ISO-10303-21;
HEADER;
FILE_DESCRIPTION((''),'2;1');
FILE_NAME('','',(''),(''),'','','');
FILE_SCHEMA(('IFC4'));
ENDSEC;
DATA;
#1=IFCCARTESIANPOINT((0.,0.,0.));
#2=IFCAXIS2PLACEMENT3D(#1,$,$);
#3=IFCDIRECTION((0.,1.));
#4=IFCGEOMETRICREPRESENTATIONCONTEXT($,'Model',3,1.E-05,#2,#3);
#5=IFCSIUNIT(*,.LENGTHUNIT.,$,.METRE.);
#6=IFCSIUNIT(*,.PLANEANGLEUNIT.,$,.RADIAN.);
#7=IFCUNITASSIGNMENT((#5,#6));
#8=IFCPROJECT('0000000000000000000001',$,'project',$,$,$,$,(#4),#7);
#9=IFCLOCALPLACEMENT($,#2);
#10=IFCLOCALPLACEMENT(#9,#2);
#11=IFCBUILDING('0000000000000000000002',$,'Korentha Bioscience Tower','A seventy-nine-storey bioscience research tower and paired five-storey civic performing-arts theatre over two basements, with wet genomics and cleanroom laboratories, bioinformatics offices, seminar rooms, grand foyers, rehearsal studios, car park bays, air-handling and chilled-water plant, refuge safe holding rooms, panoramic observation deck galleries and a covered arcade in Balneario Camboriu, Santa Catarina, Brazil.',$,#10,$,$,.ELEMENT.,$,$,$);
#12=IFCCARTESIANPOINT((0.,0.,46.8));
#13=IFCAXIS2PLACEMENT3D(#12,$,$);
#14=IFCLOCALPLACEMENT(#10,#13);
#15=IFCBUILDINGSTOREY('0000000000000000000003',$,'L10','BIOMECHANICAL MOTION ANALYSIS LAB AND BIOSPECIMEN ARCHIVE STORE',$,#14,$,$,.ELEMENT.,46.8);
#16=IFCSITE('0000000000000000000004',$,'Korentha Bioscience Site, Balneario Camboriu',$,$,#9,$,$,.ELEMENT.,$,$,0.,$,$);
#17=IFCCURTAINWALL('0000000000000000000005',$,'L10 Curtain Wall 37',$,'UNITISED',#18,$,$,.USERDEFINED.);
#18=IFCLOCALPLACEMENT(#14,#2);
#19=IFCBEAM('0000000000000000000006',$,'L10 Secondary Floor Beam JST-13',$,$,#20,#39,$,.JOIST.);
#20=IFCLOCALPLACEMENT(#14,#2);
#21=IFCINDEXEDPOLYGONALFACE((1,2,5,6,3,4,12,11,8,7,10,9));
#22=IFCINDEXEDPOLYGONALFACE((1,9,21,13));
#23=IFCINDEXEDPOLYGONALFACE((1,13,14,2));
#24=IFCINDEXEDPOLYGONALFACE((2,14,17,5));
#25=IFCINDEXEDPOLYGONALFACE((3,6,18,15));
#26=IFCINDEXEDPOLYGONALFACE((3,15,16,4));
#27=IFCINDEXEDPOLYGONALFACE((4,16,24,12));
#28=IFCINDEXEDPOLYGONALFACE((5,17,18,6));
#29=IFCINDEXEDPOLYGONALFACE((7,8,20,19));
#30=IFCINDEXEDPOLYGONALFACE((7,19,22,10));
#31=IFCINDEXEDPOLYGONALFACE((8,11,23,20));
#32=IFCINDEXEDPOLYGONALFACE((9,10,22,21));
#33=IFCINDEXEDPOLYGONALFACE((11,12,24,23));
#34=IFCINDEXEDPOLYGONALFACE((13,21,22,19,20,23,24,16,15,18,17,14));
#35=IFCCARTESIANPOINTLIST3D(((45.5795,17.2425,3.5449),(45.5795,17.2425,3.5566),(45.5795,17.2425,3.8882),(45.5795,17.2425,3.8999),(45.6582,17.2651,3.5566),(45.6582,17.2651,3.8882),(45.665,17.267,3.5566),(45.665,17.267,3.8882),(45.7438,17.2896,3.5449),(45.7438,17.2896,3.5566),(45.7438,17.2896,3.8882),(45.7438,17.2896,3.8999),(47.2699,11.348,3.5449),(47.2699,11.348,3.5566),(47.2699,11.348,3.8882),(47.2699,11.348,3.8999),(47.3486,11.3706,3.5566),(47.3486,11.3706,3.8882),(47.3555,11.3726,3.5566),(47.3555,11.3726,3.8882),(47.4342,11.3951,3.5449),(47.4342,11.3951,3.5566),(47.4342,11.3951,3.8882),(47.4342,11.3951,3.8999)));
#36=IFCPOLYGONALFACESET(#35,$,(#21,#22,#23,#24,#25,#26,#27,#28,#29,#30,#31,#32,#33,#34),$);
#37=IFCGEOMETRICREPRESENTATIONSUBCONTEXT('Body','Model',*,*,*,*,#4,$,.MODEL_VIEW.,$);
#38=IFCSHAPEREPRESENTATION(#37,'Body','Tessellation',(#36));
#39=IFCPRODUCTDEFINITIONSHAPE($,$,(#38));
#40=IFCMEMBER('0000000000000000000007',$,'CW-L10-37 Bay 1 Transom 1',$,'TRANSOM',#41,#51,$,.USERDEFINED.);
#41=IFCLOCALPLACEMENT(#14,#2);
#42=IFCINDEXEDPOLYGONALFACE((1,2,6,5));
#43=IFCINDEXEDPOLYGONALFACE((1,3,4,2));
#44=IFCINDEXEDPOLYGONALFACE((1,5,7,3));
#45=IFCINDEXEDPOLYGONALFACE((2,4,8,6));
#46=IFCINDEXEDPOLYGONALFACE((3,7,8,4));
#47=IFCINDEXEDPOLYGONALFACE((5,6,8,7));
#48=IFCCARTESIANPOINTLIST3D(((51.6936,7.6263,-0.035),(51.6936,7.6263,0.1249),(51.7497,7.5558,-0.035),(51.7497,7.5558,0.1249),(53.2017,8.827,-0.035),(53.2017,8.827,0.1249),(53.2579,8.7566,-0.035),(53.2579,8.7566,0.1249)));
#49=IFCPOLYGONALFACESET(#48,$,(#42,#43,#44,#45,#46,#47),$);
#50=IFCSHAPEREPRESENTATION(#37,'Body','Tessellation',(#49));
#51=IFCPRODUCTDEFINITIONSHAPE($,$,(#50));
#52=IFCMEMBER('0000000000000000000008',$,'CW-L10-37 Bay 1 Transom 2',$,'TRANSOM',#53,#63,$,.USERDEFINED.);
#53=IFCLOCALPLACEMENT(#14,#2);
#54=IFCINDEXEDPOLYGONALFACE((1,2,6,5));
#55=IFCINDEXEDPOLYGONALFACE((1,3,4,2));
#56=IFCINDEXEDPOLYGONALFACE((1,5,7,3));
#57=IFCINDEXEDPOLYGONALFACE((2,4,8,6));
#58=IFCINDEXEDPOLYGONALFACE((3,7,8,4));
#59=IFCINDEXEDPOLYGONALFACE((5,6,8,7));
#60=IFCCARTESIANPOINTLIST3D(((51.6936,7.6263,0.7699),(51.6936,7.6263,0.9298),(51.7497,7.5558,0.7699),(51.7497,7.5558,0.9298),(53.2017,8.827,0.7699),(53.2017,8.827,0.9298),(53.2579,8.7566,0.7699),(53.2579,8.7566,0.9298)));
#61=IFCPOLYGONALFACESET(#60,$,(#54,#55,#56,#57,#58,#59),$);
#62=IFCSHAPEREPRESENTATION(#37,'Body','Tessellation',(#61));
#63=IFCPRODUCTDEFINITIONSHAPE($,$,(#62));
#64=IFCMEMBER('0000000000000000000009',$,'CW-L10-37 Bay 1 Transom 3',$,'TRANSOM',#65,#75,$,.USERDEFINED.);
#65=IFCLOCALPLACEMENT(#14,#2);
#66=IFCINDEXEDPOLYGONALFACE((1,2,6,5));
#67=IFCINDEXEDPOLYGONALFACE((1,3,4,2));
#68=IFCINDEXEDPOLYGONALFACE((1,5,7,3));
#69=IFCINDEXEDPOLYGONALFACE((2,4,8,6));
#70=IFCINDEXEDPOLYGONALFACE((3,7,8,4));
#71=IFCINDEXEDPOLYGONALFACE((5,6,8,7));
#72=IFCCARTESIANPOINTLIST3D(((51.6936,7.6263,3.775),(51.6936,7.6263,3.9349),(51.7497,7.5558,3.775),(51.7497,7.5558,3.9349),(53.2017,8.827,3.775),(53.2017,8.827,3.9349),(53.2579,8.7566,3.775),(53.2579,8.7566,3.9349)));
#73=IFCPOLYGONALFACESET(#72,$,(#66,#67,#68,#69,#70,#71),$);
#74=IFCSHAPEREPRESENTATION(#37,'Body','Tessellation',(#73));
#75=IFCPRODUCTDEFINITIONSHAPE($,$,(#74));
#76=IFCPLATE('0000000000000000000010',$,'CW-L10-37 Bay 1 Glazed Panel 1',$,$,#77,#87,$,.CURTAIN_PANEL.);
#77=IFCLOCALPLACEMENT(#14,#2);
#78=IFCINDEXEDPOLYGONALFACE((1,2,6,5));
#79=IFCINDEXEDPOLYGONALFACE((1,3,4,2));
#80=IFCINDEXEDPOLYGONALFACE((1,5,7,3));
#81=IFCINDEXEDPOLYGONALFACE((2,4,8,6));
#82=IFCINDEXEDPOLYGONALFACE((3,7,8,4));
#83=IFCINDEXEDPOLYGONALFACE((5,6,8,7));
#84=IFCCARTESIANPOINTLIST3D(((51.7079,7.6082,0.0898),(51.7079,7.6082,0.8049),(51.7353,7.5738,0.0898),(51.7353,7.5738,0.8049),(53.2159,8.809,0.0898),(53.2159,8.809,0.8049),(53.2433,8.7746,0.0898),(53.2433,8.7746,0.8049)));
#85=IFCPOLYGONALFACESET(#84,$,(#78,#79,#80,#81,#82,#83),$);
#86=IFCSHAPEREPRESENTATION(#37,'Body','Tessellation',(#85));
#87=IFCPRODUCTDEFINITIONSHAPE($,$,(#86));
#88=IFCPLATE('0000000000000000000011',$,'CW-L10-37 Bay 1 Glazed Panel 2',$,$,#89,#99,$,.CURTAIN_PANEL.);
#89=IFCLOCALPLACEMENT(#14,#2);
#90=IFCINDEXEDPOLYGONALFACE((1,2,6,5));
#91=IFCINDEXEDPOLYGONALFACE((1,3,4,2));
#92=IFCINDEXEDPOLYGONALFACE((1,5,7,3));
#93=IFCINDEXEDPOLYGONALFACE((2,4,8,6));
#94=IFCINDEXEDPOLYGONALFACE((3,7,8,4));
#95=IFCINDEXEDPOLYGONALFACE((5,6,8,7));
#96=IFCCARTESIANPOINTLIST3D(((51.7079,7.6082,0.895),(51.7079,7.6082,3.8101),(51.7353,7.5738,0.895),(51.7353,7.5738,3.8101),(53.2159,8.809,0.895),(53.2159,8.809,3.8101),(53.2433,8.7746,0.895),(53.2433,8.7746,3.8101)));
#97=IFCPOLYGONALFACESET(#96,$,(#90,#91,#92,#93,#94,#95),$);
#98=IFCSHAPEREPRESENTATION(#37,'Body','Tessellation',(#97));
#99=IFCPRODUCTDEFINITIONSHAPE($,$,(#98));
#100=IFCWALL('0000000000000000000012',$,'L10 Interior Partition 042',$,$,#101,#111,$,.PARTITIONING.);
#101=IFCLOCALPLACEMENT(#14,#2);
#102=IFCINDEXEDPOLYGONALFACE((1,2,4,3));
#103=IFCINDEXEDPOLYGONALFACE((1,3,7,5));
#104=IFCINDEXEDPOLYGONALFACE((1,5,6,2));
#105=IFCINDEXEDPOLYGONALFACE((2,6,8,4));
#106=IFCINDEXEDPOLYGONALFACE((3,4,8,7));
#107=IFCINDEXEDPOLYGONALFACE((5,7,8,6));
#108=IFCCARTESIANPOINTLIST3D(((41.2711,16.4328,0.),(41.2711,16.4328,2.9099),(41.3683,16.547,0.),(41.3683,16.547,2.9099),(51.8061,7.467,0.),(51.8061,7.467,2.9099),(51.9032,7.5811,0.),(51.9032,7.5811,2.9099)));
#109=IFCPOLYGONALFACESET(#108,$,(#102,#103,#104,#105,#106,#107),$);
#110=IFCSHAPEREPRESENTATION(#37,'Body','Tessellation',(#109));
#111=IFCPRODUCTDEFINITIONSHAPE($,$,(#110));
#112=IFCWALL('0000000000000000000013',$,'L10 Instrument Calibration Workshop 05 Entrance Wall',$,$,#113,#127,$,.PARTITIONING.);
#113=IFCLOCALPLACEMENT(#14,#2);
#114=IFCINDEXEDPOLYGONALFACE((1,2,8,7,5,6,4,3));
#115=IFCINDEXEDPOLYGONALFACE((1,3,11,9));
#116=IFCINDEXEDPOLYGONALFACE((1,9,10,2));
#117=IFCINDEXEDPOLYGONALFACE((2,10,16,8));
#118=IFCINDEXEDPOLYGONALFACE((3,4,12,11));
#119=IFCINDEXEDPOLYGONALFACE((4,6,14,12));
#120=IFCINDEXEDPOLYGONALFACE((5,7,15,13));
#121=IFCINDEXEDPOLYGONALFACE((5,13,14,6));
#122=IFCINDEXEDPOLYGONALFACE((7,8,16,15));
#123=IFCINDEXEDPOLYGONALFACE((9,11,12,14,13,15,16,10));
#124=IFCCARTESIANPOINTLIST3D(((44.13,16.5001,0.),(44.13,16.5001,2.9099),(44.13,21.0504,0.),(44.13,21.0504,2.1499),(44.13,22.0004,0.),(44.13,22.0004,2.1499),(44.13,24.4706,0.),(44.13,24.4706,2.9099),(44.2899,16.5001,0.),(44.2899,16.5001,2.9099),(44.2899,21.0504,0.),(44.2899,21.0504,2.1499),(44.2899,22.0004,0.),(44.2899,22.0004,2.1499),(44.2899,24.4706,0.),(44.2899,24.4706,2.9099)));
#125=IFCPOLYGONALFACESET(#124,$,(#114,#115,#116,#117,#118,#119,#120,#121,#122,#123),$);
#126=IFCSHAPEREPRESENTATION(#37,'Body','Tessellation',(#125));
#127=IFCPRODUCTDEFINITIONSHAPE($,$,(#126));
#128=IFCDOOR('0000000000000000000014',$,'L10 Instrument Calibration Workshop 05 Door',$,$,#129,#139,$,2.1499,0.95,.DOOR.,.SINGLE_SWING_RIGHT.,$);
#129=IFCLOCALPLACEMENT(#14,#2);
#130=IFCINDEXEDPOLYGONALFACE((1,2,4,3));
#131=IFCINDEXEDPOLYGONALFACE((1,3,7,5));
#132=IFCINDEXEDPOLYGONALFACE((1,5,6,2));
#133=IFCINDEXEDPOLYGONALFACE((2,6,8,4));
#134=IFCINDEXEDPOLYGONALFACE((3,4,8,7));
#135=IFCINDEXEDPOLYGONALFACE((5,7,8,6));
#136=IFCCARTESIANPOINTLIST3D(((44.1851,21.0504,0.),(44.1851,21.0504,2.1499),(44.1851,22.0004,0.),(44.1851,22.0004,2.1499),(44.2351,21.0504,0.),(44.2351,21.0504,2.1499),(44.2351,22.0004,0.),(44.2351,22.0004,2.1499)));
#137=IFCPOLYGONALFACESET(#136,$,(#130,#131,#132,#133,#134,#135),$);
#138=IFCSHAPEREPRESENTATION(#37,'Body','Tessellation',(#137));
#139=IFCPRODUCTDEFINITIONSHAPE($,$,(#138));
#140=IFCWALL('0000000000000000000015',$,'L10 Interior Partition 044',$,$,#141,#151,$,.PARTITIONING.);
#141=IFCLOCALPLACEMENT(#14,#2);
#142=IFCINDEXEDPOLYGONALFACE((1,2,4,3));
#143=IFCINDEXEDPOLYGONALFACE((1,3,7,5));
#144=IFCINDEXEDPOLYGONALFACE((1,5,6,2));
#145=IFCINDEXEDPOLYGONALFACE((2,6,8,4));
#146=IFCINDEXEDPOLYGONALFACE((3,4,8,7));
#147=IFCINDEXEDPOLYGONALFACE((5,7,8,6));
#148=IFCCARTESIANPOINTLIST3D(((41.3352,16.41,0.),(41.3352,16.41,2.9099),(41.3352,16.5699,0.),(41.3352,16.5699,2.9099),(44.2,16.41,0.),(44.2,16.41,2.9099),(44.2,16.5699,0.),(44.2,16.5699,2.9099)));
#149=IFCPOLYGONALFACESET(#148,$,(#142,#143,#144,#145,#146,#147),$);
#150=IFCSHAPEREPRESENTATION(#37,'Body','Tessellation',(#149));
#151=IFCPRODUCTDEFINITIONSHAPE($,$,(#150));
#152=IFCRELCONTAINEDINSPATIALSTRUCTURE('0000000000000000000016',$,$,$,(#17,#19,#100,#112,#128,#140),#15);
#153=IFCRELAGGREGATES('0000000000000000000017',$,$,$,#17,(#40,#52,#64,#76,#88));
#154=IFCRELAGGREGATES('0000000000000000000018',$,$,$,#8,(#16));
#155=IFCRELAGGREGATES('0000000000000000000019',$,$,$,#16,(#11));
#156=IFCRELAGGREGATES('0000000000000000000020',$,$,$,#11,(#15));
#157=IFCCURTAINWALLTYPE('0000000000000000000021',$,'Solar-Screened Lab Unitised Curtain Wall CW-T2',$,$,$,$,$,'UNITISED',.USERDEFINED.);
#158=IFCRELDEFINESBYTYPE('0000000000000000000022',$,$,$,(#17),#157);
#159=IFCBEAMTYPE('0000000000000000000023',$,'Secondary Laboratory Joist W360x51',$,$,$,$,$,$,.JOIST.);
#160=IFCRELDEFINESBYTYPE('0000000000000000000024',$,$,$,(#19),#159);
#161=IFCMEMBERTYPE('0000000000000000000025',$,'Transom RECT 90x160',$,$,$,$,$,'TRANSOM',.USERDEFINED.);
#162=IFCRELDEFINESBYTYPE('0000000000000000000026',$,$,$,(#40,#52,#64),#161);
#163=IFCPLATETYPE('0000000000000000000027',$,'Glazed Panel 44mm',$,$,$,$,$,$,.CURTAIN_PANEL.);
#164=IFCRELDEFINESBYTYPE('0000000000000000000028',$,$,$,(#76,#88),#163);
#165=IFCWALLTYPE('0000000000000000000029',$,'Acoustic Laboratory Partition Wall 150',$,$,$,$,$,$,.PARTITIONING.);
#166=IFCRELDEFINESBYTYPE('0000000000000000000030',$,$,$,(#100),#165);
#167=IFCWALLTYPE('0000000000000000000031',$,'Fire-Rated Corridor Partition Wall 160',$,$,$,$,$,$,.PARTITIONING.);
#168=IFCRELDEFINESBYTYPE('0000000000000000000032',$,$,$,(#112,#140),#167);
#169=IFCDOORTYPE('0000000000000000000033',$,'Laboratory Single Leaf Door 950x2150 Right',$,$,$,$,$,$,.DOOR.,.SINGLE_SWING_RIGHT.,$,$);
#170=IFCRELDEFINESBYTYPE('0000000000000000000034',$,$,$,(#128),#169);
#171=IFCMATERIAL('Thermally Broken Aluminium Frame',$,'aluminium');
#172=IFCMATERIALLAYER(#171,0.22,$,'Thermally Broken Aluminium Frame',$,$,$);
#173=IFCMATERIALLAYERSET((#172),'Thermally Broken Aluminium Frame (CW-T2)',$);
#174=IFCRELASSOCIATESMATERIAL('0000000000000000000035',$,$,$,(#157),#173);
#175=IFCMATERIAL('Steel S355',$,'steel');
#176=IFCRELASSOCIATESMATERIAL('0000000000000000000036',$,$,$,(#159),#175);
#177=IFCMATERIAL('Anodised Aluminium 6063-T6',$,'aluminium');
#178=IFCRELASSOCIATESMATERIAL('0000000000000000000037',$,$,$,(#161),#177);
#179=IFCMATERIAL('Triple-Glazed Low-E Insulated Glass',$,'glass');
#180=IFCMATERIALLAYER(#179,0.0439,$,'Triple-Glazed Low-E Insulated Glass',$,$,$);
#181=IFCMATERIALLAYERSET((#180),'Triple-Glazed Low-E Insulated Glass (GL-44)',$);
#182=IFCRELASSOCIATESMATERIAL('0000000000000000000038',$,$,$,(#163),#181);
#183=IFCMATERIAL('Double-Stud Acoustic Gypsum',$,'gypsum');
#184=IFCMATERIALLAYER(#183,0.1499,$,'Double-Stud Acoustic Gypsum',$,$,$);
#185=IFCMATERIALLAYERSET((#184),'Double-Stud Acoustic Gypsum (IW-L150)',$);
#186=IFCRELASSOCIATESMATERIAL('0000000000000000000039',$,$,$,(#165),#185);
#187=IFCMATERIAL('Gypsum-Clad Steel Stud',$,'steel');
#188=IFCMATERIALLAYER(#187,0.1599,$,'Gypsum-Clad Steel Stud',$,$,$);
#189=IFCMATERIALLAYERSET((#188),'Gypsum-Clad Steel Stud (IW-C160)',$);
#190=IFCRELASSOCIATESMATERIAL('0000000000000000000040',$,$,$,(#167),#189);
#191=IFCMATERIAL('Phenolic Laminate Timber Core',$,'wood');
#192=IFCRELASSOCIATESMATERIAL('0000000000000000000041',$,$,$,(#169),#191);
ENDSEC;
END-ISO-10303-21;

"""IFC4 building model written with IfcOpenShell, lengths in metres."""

from ifc_helpers import new_model, si_unit, direction, frame, frame_2d, origin, origin_2d, place, context, subcontext, project, spatial, rectangle, i_section, extrude, material, layer, layer_set, material_profile, profile_set, type_object, element, fill, aggregate, save


model = new_model("IFC4")

# Units and contexts
model_context = context("Model", 3, precision=1e-05, world=origin(), true_north=direction((0.0, 1.0)))
body_context = subcontext(model_context, "Body", "Model", "MODEL_VIEW")
ifc_project = project(units=[si_unit("LENGTHUNIT", "METRE"), si_unit("PLANEANGLEUNIT", "RADIAN")], contexts=[model_context])

# Site, building, storey
site_placement = place(None, origin())
site = spatial("IfcSite", under=ifc_project, at=site_placement, Name="Korentha Bioscience Site, Balneario Camboriu", CompositionType="ELEMENT", RefElevation=0.0)
building_placement = place(site_placement, origin())
building = spatial("IfcBuilding", under=site, at=building_placement, Name="Korentha Bioscience Tower", Description="A seventy-nine-storey bioscience research tower and paired five-storey civic performing-arts theatre over two basements, with wet genomics and cleanroom laboratories, bioinformatics offices, seminar rooms, grand foyers, rehearsal studios, car park bays, air-handling and chilled-water plant, refuge safe holding rooms, panoramic observation deck galleries and a covered arcade in Balneario Camboriu, Santa Catarina, Brazil.", CompositionType="ELEMENT")
storey_placement = place(building_placement, frame((0.0, 0.0, 46.8)))
storey = spatial("IfcBuildingStorey", under=building, at=storey_placement, Name="L10", Description="BIOMECHANICAL MOTION ANALYSIS LAB AND BIOSPECIMEN ARCHIVE STORE", CompositionType="ELEMENT", Elevation=46.8)

# Shared definitions
ifc_material_1 = material(Name="Steel S355", Category="steel")

# Curtain wall
ifc_material_2 = material(Name="Thermally Broken Aluminium Frame", Category="aluminium")
ifc_layer_1 = layer(ifc_material_2, 0.22, Name="Thermally Broken Aluminium Frame")
ifc_layer_set_1 = layer_set([ifc_layer_1], Name="Thermally Broken Aluminium Frame (CW-T2)")
curtain_wall_type = type_object("IfcCurtainWallType", Name="Solar-Screened Lab Unitised Curtain Wall CW-T2", ElementType="UNITISED", PredefinedType="USERDEFINED", material=ifc_layer_set_1)
curtain_wall_1_placement = place(storey_placement, origin())
curtain_wall_1 = element("IfcCurtainWall", 1, at=curtain_wall_1_placement, inside=storey, type_object=curtain_wall_type, Name="L10 Curtain Wall 37", ObjectType="UNITISED", PredefinedType="USERDEFINED")
ifc_material_3 = material(Name="Anodised Aluminium 6063-T6", Category="aluminium")

# Beam
ifc_material_profile_1 = material_profile(ifc_material_1, i_section(OverallWidth=0.1709, OverallDepth=0.355, WebThickness=0.0071, FlangeThickness=0.0117, at=origin_2d()), Name="Steel S355")
ifc_profile_set_1 = profile_set([ifc_material_profile_1], Name="Steel S355 (JB-360)")
beam_type_1 = type_object("IfcBeamType", Name="Secondary Laboratory Joist W360x51", PredefinedType="JOIST", material=ifc_profile_set_1)
beam_1_placement = place(storey_placement, frame((47.3521, 11.3716, 3.7224), z_axis=(-0.275668, 0.961253, 0.0), x_axis=(-0.961253, -0.275668, 0.0)))
element("IfcBeam", 2, at=beam_1_placement, inside=storey, type_object=beam_type_1, Name="L10 Secondary Floor Beam JST-13", PredefinedType="JOIST", context=body_context, shape_type="SweptSolid", body=[
    extrude(i_section(OverallWidth=0.1709, OverallDepth=0.355, WebThickness=0.0071, FlangeThickness=0.0117, at=origin_2d()), origin(), (0.0, 0.0, 1.0), 6.1321),
])

# Members
ifc_material_profile_2 = material_profile(ifc_material_3, rectangle(XDim=0.0901, YDim=0.1599, at=origin_2d()), Name="Anodised Aluminium 6063-T6")
ifc_profile_set_2 = profile_set([ifc_material_profile_2], Name="Anodised Aluminium 6063-T6 (CW-TRN)")
member_type_1 = type_object("IfcMemberType", Name="Transom RECT 90x160", ElementType="TRANSOM", PredefinedType="USERDEFINED", material=ifc_profile_set_2)
member_1_placement = place(storey_placement, frame((51.7217, 7.5911, 0.0449), z_axis=(0.782325, 0.622871, 0.0), x_axis=(-0.622871, 0.782325, 0.0)))
member_1 = element("IfcMember", 3, at=member_1_placement, type_object=member_type_1, Name="CW-L10-37 Bay 1 Transom 1", ObjectType="TRANSOM", PredefinedType="USERDEFINED", context=body_context, shape_type="SweptSolid", body=[
    extrude(rectangle(XDim=0.0901, YDim=0.1599, at=origin_2d()), origin(), (0.0, 0.0, 1.0), 1.9277),
])
member_2_placement = place(storey_placement, frame((51.7217, 7.5911, 0.8499), z_axis=(0.782325, 0.622871, 0.0), x_axis=(-0.622871, 0.782325, 0.0)))
member_2 = element("IfcMember", 4, at=member_2_placement, type_object=member_type_1, Name="CW-L10-37 Bay 1 Transom 2", ObjectType="TRANSOM", PredefinedType="USERDEFINED", context=body_context, shape_type="SweptSolid", body=[
    extrude(rectangle(XDim=0.0901, YDim=0.1599, at=origin_2d()), origin(), (0.0, 0.0, 1.0), 1.9277),
])
member_3_placement = place(storey_placement, frame((51.7217, 7.5911, 3.855), z_axis=(0.782325, 0.622871, 0.0), x_axis=(-0.622871, 0.782325, 0.0)))
member_3 = element("IfcMember", 5, at=member_3_placement, type_object=member_type_1, Name="CW-L10-37 Bay 1 Transom 3", ObjectType="TRANSOM", PredefinedType="USERDEFINED", context=body_context, shape_type="SweptSolid", body=[
    extrude(rectangle(XDim=0.0901, YDim=0.1599, at=origin_2d()), origin(), (0.0, 0.0, 1.0), 1.9277),
])

# Plates
ifc_material_4 = material(Name="Triple-Glazed Low-E Insulated Glass", Category="glass")
ifc_layer_2 = layer(ifc_material_4, 0.0439, Name="Triple-Glazed Low-E Insulated Glass")
ifc_layer_set_2 = layer_set([ifc_layer_2], Name="Triple-Glazed Low-E Insulated Glass (GL-44)")
plate_type = type_object("IfcPlateType", Name="Glazed Panel 44mm", PredefinedType="CURTAIN_PANEL", material=ifc_layer_set_2)
plate_1_placement = place(storey_placement, frame((52.4756, 8.1914, 0.0898), z_axis=(0.0, 0.0, 1.0), x_axis=(0.782288, 0.622917, 0.0)))
plate_1 = element("IfcPlate", 6, at=plate_1_placement, type_object=plate_type, Name="CW-L10-37 Bay 1 Glazed Panel 1", PredefinedType="CURTAIN_PANEL", context=body_context, shape_type="SweptSolid", body=[
    extrude(rectangle(XDim=1.9277, YDim=0.0439, at=origin_2d()), origin(), (0.0, 0.0, 1.0), 0.7151),
])
plate_2_placement = place(storey_placement, frame((52.4756, 8.1914, 0.895), z_axis=(0.0, 0.0, 1.0), x_axis=(0.782288, 0.622917, 0.0)))
plate_2 = element("IfcPlate", 7, at=plate_2_placement, type_object=plate_type, Name="CW-L10-37 Bay 1 Glazed Panel 2", PredefinedType="CURTAIN_PANEL", context=body_context, shape_type="SweptSolid", body=[
    extrude(rectangle(XDim=1.9277, YDim=0.0439, at=origin_2d()), origin(), (0.0, 0.0, 1.0), 2.915),
])
aggregate(curtain_wall_1, [member_1, member_2, member_3, plate_1, plate_2])

# Wall
ifc_material_5 = material(Name="Double-Stud Acoustic Gypsum", Category="gypsum")
ifc_layer_3 = layer(ifc_material_5, 0.1499, Name="Double-Stud Acoustic Gypsum")
ifc_layer_set_3 = layer_set([ifc_layer_3], Name="Double-Stud Acoustic Gypsum (IW-L150)")
wall_type_1 = type_object("IfcWallType", Name="Acoustic Laboratory Partition Wall 150", PredefinedType="PARTITIONING", material=ifc_layer_set_3)
wall_1_placement = place(storey_placement, frame((41.3196, 16.49, 0.0), z_axis=(0.0, 0.0, 1.0), x_axis=(0.761542, -0.648116, 0.0)))
element("IfcWall", 8, at=wall_1_placement, inside=storey, type_object=wall_type_1, Name="L10 Interior Partition 042", PredefinedType="PARTITIONING", context=body_context, shape_type="SweptSolid", body=[
    extrude(rectangle(XDim=13.8337, YDim=0.1499, at=frame_2d((6.917, 0.0))), origin(), (0.0, 0.0, 1.0), 2.9099),
])

# Wall, opening, door
ifc_material_6 = material(Name="Gypsum-Clad Steel Stud", Category="steel")
ifc_layer_4 = layer(ifc_material_6, 0.1599, Name="Gypsum-Clad Steel Stud")
ifc_layer_set_4 = layer_set([ifc_layer_4], Name="Gypsum-Clad Steel Stud (IW-C160)")
wall_type_2 = type_object("IfcWallType", Name="Fire-Rated Corridor Partition Wall 160", PredefinedType="PARTITIONING", material=ifc_layer_set_4)
wall_2_placement = place(storey_placement, frame((44.21, 16.5, 0.0), z_axis=(0.0, 0.0, 1.0), x_axis=(0.0, 1.0, 0.0)))
wall_2 = element("IfcWall", 9, at=wall_2_placement, inside=storey, type_object=wall_type_2, Name="L10 Instrument Calibration Workshop 05 Entrance Wall", PredefinedType="PARTITIONING", context=body_context, shape_type="SweptSolid", body=[
    extrude(rectangle(XDim=7.9705, YDim=0.1599, at=frame_2d((3.9854, 0.0))), origin(), (0.0, 0.0, 1.0), 2.9099),
])
opening_1_placement = place(wall_2_placement, frame((4.5503, 0.0, 0.0)))
opening_1 = element("IfcOpeningElement", 10, at=opening_1_placement, cuts=wall_2, PredefinedType="OPENING", context=body_context, shape_type="SweptSolid", body=[
    extrude(rectangle(XDim=0.95, YDim=2.1499, at=frame_2d((0.4751, 1.075))), frame((0.0, 0.0947, 0.0), z_axis=(0.0, -1.0, 0.0), x_axis=(1.0, 0.0, 0.0)), (0.0, 0.0, 1.0), 0.1897),
])
ifc_material_7 = material(Name="Phenolic Laminate Timber Core", Category="wood")
door_type = type_object("IfcDoorType", Name="Laboratory Single Leaf Door 950x2150 Right", OperationType="SINGLE_SWING_RIGHT", PredefinedType="DOOR", material=ifc_material_7)
door_placement = place(opening_1_placement, origin())
door = element("IfcDoor", 11, at=door_placement, inside=storey, type_object=door_type, Name="L10 Instrument Calibration Workshop 05 Door", OperationType="SINGLE_SWING_RIGHT", OverallHeight=2.1499, OverallWidth=0.95, PredefinedType="DOOR", context=body_context, shape_type="SweptSolid", body=[
    extrude(rectangle(XDim=0.95, YDim=2.1499, at=frame_2d((0.4751, 1.075))), frame((0.0, 0.0249, 0.0), z_axis=(0.0, -1.0, 0.0), x_axis=(1.0, 0.0, 0.0)), (0.0, 0.0, 1.0), 0.05),
])
fill(opening_1, door)

# Wall
wall_3_placement = place(storey_placement, frame((41.3352, 16.49, 0.0), z_axis=(0.0, 0.0, 1.0), x_axis=(1.0, 0.0, 0.0)))
element("IfcWall", 12, at=wall_3_placement, inside=storey, type_object=wall_type_2, Name="L10 Interior Partition 044", PredefinedType="PARTITIONING", context=body_context, shape_type="SweptSolid", body=[
    extrude(rectangle(XDim=2.8647, YDim=0.1599, at=frame_2d((1.4324, 0.0))), origin(), (0.0, 0.0, 1.0), 2.9099),
])

save(model, "model.ifc")
